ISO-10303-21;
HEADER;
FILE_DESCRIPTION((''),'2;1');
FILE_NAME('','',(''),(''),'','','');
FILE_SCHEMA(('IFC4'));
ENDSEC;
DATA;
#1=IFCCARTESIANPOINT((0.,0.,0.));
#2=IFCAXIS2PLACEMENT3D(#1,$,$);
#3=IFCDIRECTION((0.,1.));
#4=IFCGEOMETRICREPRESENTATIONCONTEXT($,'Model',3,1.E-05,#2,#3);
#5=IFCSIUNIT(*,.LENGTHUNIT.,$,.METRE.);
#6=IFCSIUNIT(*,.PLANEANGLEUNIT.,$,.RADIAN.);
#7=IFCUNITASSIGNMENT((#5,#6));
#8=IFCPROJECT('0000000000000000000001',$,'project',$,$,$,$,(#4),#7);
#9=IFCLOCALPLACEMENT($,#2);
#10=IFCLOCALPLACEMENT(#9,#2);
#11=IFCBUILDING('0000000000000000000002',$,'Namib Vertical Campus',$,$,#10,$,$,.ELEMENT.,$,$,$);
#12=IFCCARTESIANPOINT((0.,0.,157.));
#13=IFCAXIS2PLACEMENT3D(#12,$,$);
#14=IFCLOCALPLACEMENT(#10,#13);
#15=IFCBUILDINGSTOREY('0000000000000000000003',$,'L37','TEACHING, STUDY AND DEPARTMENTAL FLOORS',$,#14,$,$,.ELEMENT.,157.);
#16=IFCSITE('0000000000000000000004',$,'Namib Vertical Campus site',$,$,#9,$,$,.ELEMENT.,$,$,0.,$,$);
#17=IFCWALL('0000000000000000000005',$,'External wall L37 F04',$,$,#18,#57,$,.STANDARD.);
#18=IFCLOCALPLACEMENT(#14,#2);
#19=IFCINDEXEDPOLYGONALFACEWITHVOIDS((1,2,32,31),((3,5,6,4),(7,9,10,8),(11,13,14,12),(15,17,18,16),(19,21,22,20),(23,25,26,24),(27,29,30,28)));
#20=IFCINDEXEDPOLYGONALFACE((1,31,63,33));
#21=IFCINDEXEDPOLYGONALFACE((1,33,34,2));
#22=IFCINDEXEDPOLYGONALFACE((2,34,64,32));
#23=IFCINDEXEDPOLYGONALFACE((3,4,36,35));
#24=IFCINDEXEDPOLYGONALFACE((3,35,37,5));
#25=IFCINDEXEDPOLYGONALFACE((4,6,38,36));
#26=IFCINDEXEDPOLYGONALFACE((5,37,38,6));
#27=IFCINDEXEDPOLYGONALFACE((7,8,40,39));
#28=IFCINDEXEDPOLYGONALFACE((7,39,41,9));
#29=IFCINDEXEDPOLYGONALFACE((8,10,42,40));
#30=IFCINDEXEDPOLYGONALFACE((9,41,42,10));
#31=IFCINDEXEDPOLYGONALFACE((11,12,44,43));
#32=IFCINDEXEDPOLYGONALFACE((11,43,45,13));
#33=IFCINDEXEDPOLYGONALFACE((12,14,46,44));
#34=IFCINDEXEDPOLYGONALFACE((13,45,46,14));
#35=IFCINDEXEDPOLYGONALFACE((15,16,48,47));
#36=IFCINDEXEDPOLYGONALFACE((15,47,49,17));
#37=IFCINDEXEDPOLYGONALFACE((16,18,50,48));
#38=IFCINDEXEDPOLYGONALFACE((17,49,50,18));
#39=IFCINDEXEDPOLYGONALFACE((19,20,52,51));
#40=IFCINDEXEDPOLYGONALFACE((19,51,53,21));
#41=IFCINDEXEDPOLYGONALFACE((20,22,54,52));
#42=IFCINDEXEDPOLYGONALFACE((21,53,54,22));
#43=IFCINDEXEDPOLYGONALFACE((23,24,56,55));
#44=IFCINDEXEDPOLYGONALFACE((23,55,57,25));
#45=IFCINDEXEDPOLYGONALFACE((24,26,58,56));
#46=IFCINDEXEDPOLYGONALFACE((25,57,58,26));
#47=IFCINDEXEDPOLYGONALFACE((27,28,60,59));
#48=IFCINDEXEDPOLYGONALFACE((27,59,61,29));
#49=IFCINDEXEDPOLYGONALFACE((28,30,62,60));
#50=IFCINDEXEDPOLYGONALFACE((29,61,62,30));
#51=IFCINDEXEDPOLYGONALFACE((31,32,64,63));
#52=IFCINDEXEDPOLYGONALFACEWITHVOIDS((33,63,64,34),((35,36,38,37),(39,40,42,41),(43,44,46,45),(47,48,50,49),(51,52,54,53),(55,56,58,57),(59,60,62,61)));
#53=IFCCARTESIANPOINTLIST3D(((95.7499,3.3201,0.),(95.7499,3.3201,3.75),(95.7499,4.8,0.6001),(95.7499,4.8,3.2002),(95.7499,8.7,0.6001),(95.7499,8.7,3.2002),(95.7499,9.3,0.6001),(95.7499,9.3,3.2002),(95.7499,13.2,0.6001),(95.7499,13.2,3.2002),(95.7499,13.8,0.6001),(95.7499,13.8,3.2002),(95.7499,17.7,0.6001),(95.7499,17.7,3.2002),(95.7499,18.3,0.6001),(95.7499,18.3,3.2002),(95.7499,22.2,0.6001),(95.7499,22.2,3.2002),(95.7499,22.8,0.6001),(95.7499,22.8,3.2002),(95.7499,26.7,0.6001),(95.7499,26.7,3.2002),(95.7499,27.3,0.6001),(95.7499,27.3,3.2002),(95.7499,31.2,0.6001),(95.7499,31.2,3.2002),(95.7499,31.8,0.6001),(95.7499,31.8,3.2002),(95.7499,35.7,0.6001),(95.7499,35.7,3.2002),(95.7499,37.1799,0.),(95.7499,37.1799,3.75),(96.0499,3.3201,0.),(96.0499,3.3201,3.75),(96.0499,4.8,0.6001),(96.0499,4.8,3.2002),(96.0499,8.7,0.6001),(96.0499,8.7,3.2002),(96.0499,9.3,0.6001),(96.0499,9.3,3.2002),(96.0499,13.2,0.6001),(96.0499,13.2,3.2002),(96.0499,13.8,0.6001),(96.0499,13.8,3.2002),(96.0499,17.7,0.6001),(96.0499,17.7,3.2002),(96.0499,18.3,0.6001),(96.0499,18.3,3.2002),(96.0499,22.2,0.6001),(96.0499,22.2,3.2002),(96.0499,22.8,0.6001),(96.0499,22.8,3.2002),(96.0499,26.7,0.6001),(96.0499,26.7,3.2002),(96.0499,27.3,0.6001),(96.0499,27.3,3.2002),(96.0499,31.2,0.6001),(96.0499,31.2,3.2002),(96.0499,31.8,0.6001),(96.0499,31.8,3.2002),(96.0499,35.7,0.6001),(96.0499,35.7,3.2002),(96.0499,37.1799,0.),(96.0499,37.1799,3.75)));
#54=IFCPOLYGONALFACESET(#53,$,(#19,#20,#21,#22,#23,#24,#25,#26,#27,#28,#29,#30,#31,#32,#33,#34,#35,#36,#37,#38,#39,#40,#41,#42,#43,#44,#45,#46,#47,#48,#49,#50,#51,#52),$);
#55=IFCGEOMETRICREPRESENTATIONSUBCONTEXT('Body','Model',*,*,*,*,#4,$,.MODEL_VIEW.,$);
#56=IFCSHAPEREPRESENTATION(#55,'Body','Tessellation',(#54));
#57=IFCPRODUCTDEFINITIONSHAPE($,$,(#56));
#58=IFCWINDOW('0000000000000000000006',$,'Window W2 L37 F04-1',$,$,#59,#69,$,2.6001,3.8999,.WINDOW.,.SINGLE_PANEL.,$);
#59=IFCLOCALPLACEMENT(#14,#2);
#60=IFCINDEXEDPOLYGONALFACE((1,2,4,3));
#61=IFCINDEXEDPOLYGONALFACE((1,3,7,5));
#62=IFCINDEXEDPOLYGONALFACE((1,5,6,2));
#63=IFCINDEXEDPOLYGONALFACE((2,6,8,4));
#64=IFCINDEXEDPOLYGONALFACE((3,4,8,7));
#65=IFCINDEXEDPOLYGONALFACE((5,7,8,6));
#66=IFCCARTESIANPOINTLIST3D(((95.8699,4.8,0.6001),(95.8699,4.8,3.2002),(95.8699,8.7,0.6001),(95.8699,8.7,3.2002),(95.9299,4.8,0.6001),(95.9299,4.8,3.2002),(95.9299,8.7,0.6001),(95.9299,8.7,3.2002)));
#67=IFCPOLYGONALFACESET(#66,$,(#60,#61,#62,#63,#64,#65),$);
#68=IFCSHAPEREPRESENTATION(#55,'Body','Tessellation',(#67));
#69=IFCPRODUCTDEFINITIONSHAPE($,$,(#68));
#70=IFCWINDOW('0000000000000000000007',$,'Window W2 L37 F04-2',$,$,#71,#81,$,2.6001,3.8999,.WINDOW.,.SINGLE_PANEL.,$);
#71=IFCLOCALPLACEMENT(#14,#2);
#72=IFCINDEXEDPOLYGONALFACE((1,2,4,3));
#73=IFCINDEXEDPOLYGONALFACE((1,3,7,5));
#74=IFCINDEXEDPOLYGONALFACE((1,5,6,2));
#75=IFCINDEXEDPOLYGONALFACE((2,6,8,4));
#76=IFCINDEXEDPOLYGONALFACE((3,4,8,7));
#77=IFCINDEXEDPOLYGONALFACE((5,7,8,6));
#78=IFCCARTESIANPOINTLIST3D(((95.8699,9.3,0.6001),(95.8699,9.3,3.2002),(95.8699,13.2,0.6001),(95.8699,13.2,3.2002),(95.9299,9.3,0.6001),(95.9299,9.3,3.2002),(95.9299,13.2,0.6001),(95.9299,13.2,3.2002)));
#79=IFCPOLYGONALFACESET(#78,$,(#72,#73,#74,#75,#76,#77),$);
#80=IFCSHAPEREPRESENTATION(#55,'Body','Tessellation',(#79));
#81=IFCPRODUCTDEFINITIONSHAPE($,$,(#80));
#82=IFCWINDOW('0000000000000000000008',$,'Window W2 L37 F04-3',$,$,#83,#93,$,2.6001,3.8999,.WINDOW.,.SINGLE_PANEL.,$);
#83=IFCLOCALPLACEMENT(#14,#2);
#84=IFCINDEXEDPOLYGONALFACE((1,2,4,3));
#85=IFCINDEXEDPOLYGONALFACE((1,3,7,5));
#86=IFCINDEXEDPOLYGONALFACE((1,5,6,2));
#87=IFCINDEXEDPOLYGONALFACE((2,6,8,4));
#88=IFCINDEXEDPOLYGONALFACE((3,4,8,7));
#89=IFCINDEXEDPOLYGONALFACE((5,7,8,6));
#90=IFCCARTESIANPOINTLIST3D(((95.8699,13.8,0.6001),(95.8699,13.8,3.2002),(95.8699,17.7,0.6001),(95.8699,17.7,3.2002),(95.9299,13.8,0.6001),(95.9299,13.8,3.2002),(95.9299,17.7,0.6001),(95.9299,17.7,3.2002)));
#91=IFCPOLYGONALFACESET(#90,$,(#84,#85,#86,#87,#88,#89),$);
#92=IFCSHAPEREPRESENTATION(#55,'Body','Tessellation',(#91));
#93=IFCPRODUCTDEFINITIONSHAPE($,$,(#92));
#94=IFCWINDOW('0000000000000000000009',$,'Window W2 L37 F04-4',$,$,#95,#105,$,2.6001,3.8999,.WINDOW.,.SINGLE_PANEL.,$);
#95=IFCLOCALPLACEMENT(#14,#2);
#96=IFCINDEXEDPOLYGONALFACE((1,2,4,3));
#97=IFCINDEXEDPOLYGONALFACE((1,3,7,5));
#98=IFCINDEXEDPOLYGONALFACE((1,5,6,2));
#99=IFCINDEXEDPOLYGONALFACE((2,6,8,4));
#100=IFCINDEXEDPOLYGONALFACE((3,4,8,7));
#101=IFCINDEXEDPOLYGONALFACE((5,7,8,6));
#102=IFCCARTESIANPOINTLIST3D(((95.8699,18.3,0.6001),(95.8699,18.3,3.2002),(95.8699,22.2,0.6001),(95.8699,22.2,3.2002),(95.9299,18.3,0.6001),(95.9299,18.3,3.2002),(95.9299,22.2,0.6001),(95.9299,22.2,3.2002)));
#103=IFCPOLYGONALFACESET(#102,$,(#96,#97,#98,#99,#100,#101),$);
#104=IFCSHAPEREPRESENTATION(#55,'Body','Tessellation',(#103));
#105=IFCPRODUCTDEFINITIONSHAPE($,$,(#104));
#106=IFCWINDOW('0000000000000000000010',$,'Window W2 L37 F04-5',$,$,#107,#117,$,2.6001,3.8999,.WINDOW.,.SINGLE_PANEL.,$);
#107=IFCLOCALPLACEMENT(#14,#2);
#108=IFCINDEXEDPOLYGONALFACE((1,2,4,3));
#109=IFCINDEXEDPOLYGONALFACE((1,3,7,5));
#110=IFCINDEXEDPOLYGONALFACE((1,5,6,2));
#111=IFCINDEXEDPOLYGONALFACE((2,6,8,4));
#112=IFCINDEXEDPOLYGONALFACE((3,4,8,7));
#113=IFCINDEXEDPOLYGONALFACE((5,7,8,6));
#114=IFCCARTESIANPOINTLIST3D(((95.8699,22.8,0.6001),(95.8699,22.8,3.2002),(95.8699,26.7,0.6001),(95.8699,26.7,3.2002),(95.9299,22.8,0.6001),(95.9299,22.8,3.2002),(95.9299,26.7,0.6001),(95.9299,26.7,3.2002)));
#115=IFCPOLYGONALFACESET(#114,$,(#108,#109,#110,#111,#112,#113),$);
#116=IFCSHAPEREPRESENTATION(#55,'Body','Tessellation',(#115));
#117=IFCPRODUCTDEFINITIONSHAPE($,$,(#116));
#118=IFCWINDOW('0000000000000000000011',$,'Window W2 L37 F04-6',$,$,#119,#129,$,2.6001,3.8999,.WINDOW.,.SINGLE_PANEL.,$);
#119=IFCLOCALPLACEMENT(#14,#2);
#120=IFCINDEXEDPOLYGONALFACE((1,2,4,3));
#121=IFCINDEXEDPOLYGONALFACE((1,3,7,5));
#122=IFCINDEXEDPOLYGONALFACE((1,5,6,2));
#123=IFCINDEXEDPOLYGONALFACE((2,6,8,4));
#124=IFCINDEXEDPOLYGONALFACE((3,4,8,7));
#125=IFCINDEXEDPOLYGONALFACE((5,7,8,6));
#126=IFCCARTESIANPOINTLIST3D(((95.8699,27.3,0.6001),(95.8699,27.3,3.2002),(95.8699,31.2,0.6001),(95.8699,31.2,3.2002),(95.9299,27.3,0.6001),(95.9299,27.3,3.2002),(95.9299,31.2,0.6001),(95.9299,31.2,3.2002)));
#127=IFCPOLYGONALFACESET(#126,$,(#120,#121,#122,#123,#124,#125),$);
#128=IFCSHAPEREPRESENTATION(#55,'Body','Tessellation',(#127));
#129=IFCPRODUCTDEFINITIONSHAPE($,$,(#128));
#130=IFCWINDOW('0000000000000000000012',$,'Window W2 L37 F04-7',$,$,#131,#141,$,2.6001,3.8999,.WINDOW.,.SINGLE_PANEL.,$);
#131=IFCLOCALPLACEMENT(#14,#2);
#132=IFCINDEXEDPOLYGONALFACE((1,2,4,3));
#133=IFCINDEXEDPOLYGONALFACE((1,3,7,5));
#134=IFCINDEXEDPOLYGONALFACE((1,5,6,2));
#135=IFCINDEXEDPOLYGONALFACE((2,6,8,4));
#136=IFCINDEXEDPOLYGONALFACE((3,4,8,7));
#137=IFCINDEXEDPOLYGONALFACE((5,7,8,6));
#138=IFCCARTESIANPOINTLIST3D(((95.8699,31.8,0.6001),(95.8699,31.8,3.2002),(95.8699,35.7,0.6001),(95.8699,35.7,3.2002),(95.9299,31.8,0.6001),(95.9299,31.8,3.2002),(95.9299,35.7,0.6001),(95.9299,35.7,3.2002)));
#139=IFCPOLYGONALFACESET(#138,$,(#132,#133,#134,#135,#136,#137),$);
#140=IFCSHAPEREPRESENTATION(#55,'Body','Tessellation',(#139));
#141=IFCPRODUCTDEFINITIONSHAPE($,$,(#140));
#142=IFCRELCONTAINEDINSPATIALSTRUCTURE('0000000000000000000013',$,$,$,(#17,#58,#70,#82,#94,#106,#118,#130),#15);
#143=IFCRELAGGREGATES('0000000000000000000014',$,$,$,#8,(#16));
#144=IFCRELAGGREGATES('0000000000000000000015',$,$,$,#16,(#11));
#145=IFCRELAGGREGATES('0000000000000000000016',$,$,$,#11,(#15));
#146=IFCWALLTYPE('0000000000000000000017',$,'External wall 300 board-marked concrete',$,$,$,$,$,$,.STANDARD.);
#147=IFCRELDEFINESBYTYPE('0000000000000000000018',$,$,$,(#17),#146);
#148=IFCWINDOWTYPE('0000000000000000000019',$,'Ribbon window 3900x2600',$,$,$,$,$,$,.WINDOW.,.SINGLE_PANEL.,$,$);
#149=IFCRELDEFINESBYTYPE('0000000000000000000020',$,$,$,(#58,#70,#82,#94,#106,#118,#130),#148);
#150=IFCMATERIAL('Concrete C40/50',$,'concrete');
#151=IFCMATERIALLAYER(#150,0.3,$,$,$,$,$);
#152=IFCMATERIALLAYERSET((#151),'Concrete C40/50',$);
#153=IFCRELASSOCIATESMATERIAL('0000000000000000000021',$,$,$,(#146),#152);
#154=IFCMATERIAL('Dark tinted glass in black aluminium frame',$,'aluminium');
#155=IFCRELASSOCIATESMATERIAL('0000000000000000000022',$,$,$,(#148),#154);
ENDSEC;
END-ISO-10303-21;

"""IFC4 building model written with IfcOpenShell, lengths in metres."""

from ifc_helpers import new_model, si_unit, direction, frame, frame_2d, origin, place, context, subcontext, project, spatial, rectangle, extrude, material, layer, layer_set, type_object, element, fill, save


model = new_model("IFC4")

# Units and contexts
model_context = context("Model", 3, precision=1e-05, world=origin(), true_north=direction((0.0, 1.0)))
body_context = subcontext(model_context, "Body", "Model", "MODEL_VIEW")
ifc_project = project(units=[si_unit("LENGTHUNIT", "METRE"), si_unit("PLANEANGLEUNIT", "RADIAN")], contexts=[model_context])

# Site, building, storey
site_placement = place(None, origin())
site = spatial("IfcSite", under=ifc_project, at=site_placement, Name="Namib Vertical Campus site", CompositionType="ELEMENT", RefElevation=0.0)
building_placement = place(site_placement, origin())
building = spatial("IfcBuilding", under=site, at=building_placement, Name="Namib Vertical Campus", CompositionType="ELEMENT")
storey_placement = place(building_placement, frame((0.0, 0.0, 157.0)))
storey = spatial("IfcBuildingStorey", under=building, at=storey_placement, Name="L37", Description="TEACHING, STUDY AND DEPARTMENTAL FLOORS", CompositionType="ELEMENT", Elevation=157.0)

# Wall, openings, windows
ifc_material_1 = material(Name="Concrete C40/50", Category="concrete")
ifc_layer_1 = layer(ifc_material_1, 0.3)
ifc_layer_set_1 = layer_set([ifc_layer_1], Name="Concrete C40/50")
wall_type_1 = type_object("IfcWallType", Name="External wall 300 board-marked concrete", PredefinedType="STANDARD", material=ifc_layer_set_1)
wall_1_placement = place(storey_placement, frame((95.8999, 3.3201, 0.0), z_axis=(0.0, 0.0, 1.0), x_axis=(0.0, 1.0, 0.0)))
wall_1 = element("IfcWall", 1, at=wall_1_placement, inside=storey, type_object=wall_type_1, Name="External wall L37 F04", PredefinedType="STANDARD", context=body_context, shape_type="SweptSolid", body=[
    extrude(rectangle(XDim=33.8599, YDim=0.3, at=frame_2d((16.9299, 0.0))), origin(), (0.0, 0.0, 1.0), 3.75),
])
opening_1_placement = place(wall_1_placement, frame((1.48, 0.0, 0.6001)))
opening_1 = element("IfcOpeningElement", 2, at=opening_1_placement, cuts=wall_1, PredefinedType="OPENING", context=body_context, shape_type="SweptSolid", body=[
    extrude(rectangle(XDim=3.8999, YDim=2.6001, at=frame_2d((1.95, 1.3))), frame((0.0, 0.1599, 0.0), z_axis=(0.0, -1.0, 0.0), x_axis=(1.0, 0.0, 0.0)), (0.0, 0.0, 1.0), 0.3201),
])
opening_2_placement = place(wall_1_placement, frame((5.98, 0.0, 0.6001)))
opening_2 = element("IfcOpeningElement", 3, at=opening_2_placement, cuts=wall_1, PredefinedType="OPENING", context=body_context, shape_type="SweptSolid", body=[
    extrude(rectangle(XDim=3.8999, YDim=2.6001, at=frame_2d((1.95, 1.3))), frame((0.0, 0.1599, 0.0), z_axis=(0.0, -1.0, 0.0), x_axis=(1.0, 0.0, 0.0)), (0.0, 0.0, 1.0), 0.3201),
])
opening_3_placement = place(wall_1_placement, frame((10.48, 0.0, 0.6001)))
opening_3 = element("IfcOpeningElement", 4, at=opening_3_placement, cuts=wall_1, PredefinedType="OPENING", context=body_context, shape_type="SweptSolid", body=[
    extrude(rectangle(XDim=3.8999, YDim=2.6001, at=frame_2d((1.95, 1.3))), frame((0.0, 0.1599, 0.0), z_axis=(0.0, -1.0, 0.0), x_axis=(1.0, 0.0, 0.0)), (0.0, 0.0, 1.0), 0.3201),
])
opening_4_placement = place(wall_1_placement, frame((14.98, 0.0, 0.6001)))
opening_4 = element("IfcOpeningElement", 5, at=opening_4_placement, cuts=wall_1, PredefinedType="OPENING", context=body_context, shape_type="SweptSolid", body=[
    extrude(rectangle(XDim=3.8999, YDim=2.6001, at=frame_2d((1.95, 1.3))), frame((0.0, 0.1599, 0.0), z_axis=(0.0, -1.0, 0.0), x_axis=(1.0, 0.0, 0.0)), (0.0, 0.0, 1.0), 0.3201),
])
opening_5_placement = place(wall_1_placement, frame((19.48, 0.0, 0.6001)))
opening_5 = element("IfcOpeningElement", 6, at=opening_5_placement, cuts=wall_1, PredefinedType="OPENING", context=body_context, shape_type="SweptSolid", body=[
    extrude(rectangle(XDim=3.8999, YDim=2.6001, at=frame_2d((1.95, 1.3))), frame((0.0, 0.1599, 0.0), z_axis=(0.0, -1.0, 0.0), x_axis=(1.0, 0.0, 0.0)), (0.0, 0.0, 1.0), 0.3201),
])
opening_6_placement = place(wall_1_placement, frame((23.98, 0.0, 0.6001)))
opening_6 = element("IfcOpeningElement", 7, at=opening_6_placement, cuts=wall_1, PredefinedType="OPENING", context=body_context, shape_type="SweptSolid", body=[
    extrude(rectangle(XDim=3.8999, YDim=2.6001, at=frame_2d((1.95, 1.3))), frame((0.0, 0.1599, 0.0), z_axis=(0.0, -1.0, 0.0), x_axis=(1.0, 0.0, 0.0)), (0.0, 0.0, 1.0), 0.3201),
])
opening_7_placement = place(wall_1_placement, frame((28.48, 0.0, 0.6001)))
opening_7 = element("IfcOpeningElement", 8, at=opening_7_placement, cuts=wall_1, PredefinedType="OPENING", context=body_context, shape_type="SweptSolid", body=[
    extrude(rectangle(XDim=3.8999, YDim=2.6001, at=frame_2d((1.95, 1.3))), frame((0.0, 0.1599, 0.0), z_axis=(0.0, -1.0, 0.0), x_axis=(1.0, 0.0, 0.0)), (0.0, 0.0, 1.0), 0.3201),
])
ifc_material_2 = material(Name="Dark tinted glass in black aluminium frame", Category="aluminium")
window_type = type_object("IfcWindowType", Name="Ribbon window 3900x2600", PartitioningType="SINGLE_PANEL", PredefinedType="WINDOW", material=ifc_material_2)
window_1_placement = place(opening_1_placement, origin())
window_1 = element("IfcWindow", 9, at=window_1_placement, inside=storey, type_object=window_type, Name="Window W2 L37 F04-1", OverallHeight=2.6001, OverallWidth=3.8999, PartitioningType="SINGLE_PANEL", PredefinedType="WINDOW", context=body_context, shape_type="SweptSolid", body=[
    extrude(rectangle(XDim=3.8999, YDim=2.6001, at=frame_2d((1.95, 1.3))), frame((0.0, 0.03, 0.0), z_axis=(0.0, -1.0, 0.0), x_axis=(1.0, 0.0, 0.0)), (0.0, 0.0, 1.0), 0.0601),
])
fill(opening_1, window_1)
window_2_placement = place(opening_2_placement, origin())
window_2 = element("IfcWindow", 10, at=window_2_placement, inside=storey, type_object=window_type, Name="Window W2 L37 F04-2", OverallHeight=2.6001, OverallWidth=3.8999, PartitioningType="SINGLE_PANEL", PredefinedType="WINDOW", context=body_context, shape_type="SweptSolid", body=[
    extrude(rectangle(XDim=3.8999, YDim=2.6001, at=frame_2d((1.95, 1.3))), frame((0.0, 0.03, 0.0), z_axis=(0.0, -1.0, 0.0), x_axis=(1.0, 0.0, 0.0)), (0.0, 0.0, 1.0), 0.0601),
])
fill(opening_2, window_2)
window_3_placement = place(opening_3_placement, origin())
window_3 = element("IfcWindow", 11, at=window_3_placement, inside=storey, type_object=window_type, Name="Window W2 L37 F04-3", OverallHeight=2.6001, OverallWidth=3.8999, PartitioningType="SINGLE_PANEL", PredefinedType="WINDOW", context=body_context, shape_type="SweptSolid", body=[
    extrude(rectangle(XDim=3.8999, YDim=2.6001, at=frame_2d((1.95, 1.3))), frame((0.0, 0.03, 0.0), z_axis=(0.0, -1.0, 0.0), x_axis=(1.0, 0.0, 0.0)), (0.0, 0.0, 1.0), 0.0601),
])
fill(opening_3, window_3)
window_4_placement = place(opening_4_placement, origin())
window_4 = element("IfcWindow", 12, at=window_4_placement, inside=storey, type_object=window_type, Name="Window W2 L37 F04-4", OverallHeight=2.6001, OverallWidth=3.8999, PartitioningType="SINGLE_PANEL", PredefinedType="WINDOW", context=body_context, shape_type="SweptSolid", body=[
    extrude(rectangle(XDim=3.8999, YDim=2.6001, at=frame_2d((1.95, 1.3))), frame((0.0, 0.03, 0.0), z_axis=(0.0, -1.0, 0.0), x_axis=(1.0, 0.0, 0.0)), (0.0, 0.0, 1.0), 0.0601),
])
fill(opening_4, window_4)
window_5_placement = place(opening_5_placement, origin())
window_5 = element("IfcWindow", 13, at=window_5_placement, inside=storey, type_object=window_type, Name="Window W2 L37 F04-5", OverallHeight=2.6001, OverallWidth=3.8999, PartitioningType="SINGLE_PANEL", PredefinedType="WINDOW", context=body_context, shape_type="SweptSolid", body=[
    extrude(rectangle(XDim=3.8999, YDim=2.6001, at=frame_2d((1.95, 1.3))), frame((0.0, 0.03, 0.0), z_axis=(0.0, -1.0, 0.0), x_axis=(1.0, 0.0, 0.0)), (0.0, 0.0, 1.0), 0.0601),
])
fill(opening_5, window_5)
window_6_placement = place(opening_6_placement, origin())
window_6 = element("IfcWindow", 14, at=window_6_placement, inside=storey, type_object=window_type, Name="Window W2 L37 F04-6", OverallHeight=2.6001, OverallWidth=3.8999, PartitioningType="SINGLE_PANEL", PredefinedType="WINDOW", context=body_context, shape_type="SweptSolid", body=[
    extrude(rectangle(XDim=3.8999, YDim=2.6001, at=frame_2d((1.95, 1.3))), frame((0.0, 0.03, 0.0), z_axis=(0.0, -1.0, 0.0), x_axis=(1.0, 0.0, 0.0)), (0.0, 0.0, 1.0), 0.0601),
])
fill(opening_6, window_6)
window_7_placement = place(opening_7_placement, origin())
window_7 = element("IfcWindow", 15, at=window_7_placement, inside=storey, type_object=window_type, Name="Window W2 L37 F04-7", OverallHeight=2.6001, OverallWidth=3.8999, PartitioningType="SINGLE_PANEL", PredefinedType="WINDOW", context=body_context, shape_type="SweptSolid", body=[
    extrude(rectangle(XDim=3.8999, YDim=2.6001, at=frame_2d((1.95, 1.3))), frame((0.0, 0.03, 0.0), z_axis=(0.0, -1.0, 0.0), x_axis=(1.0, 0.0, 0.0)), (0.0, 0.0, 1.0), 0.0601),
])
fill(opening_7, window_7)

save(model, "model.ifc")
